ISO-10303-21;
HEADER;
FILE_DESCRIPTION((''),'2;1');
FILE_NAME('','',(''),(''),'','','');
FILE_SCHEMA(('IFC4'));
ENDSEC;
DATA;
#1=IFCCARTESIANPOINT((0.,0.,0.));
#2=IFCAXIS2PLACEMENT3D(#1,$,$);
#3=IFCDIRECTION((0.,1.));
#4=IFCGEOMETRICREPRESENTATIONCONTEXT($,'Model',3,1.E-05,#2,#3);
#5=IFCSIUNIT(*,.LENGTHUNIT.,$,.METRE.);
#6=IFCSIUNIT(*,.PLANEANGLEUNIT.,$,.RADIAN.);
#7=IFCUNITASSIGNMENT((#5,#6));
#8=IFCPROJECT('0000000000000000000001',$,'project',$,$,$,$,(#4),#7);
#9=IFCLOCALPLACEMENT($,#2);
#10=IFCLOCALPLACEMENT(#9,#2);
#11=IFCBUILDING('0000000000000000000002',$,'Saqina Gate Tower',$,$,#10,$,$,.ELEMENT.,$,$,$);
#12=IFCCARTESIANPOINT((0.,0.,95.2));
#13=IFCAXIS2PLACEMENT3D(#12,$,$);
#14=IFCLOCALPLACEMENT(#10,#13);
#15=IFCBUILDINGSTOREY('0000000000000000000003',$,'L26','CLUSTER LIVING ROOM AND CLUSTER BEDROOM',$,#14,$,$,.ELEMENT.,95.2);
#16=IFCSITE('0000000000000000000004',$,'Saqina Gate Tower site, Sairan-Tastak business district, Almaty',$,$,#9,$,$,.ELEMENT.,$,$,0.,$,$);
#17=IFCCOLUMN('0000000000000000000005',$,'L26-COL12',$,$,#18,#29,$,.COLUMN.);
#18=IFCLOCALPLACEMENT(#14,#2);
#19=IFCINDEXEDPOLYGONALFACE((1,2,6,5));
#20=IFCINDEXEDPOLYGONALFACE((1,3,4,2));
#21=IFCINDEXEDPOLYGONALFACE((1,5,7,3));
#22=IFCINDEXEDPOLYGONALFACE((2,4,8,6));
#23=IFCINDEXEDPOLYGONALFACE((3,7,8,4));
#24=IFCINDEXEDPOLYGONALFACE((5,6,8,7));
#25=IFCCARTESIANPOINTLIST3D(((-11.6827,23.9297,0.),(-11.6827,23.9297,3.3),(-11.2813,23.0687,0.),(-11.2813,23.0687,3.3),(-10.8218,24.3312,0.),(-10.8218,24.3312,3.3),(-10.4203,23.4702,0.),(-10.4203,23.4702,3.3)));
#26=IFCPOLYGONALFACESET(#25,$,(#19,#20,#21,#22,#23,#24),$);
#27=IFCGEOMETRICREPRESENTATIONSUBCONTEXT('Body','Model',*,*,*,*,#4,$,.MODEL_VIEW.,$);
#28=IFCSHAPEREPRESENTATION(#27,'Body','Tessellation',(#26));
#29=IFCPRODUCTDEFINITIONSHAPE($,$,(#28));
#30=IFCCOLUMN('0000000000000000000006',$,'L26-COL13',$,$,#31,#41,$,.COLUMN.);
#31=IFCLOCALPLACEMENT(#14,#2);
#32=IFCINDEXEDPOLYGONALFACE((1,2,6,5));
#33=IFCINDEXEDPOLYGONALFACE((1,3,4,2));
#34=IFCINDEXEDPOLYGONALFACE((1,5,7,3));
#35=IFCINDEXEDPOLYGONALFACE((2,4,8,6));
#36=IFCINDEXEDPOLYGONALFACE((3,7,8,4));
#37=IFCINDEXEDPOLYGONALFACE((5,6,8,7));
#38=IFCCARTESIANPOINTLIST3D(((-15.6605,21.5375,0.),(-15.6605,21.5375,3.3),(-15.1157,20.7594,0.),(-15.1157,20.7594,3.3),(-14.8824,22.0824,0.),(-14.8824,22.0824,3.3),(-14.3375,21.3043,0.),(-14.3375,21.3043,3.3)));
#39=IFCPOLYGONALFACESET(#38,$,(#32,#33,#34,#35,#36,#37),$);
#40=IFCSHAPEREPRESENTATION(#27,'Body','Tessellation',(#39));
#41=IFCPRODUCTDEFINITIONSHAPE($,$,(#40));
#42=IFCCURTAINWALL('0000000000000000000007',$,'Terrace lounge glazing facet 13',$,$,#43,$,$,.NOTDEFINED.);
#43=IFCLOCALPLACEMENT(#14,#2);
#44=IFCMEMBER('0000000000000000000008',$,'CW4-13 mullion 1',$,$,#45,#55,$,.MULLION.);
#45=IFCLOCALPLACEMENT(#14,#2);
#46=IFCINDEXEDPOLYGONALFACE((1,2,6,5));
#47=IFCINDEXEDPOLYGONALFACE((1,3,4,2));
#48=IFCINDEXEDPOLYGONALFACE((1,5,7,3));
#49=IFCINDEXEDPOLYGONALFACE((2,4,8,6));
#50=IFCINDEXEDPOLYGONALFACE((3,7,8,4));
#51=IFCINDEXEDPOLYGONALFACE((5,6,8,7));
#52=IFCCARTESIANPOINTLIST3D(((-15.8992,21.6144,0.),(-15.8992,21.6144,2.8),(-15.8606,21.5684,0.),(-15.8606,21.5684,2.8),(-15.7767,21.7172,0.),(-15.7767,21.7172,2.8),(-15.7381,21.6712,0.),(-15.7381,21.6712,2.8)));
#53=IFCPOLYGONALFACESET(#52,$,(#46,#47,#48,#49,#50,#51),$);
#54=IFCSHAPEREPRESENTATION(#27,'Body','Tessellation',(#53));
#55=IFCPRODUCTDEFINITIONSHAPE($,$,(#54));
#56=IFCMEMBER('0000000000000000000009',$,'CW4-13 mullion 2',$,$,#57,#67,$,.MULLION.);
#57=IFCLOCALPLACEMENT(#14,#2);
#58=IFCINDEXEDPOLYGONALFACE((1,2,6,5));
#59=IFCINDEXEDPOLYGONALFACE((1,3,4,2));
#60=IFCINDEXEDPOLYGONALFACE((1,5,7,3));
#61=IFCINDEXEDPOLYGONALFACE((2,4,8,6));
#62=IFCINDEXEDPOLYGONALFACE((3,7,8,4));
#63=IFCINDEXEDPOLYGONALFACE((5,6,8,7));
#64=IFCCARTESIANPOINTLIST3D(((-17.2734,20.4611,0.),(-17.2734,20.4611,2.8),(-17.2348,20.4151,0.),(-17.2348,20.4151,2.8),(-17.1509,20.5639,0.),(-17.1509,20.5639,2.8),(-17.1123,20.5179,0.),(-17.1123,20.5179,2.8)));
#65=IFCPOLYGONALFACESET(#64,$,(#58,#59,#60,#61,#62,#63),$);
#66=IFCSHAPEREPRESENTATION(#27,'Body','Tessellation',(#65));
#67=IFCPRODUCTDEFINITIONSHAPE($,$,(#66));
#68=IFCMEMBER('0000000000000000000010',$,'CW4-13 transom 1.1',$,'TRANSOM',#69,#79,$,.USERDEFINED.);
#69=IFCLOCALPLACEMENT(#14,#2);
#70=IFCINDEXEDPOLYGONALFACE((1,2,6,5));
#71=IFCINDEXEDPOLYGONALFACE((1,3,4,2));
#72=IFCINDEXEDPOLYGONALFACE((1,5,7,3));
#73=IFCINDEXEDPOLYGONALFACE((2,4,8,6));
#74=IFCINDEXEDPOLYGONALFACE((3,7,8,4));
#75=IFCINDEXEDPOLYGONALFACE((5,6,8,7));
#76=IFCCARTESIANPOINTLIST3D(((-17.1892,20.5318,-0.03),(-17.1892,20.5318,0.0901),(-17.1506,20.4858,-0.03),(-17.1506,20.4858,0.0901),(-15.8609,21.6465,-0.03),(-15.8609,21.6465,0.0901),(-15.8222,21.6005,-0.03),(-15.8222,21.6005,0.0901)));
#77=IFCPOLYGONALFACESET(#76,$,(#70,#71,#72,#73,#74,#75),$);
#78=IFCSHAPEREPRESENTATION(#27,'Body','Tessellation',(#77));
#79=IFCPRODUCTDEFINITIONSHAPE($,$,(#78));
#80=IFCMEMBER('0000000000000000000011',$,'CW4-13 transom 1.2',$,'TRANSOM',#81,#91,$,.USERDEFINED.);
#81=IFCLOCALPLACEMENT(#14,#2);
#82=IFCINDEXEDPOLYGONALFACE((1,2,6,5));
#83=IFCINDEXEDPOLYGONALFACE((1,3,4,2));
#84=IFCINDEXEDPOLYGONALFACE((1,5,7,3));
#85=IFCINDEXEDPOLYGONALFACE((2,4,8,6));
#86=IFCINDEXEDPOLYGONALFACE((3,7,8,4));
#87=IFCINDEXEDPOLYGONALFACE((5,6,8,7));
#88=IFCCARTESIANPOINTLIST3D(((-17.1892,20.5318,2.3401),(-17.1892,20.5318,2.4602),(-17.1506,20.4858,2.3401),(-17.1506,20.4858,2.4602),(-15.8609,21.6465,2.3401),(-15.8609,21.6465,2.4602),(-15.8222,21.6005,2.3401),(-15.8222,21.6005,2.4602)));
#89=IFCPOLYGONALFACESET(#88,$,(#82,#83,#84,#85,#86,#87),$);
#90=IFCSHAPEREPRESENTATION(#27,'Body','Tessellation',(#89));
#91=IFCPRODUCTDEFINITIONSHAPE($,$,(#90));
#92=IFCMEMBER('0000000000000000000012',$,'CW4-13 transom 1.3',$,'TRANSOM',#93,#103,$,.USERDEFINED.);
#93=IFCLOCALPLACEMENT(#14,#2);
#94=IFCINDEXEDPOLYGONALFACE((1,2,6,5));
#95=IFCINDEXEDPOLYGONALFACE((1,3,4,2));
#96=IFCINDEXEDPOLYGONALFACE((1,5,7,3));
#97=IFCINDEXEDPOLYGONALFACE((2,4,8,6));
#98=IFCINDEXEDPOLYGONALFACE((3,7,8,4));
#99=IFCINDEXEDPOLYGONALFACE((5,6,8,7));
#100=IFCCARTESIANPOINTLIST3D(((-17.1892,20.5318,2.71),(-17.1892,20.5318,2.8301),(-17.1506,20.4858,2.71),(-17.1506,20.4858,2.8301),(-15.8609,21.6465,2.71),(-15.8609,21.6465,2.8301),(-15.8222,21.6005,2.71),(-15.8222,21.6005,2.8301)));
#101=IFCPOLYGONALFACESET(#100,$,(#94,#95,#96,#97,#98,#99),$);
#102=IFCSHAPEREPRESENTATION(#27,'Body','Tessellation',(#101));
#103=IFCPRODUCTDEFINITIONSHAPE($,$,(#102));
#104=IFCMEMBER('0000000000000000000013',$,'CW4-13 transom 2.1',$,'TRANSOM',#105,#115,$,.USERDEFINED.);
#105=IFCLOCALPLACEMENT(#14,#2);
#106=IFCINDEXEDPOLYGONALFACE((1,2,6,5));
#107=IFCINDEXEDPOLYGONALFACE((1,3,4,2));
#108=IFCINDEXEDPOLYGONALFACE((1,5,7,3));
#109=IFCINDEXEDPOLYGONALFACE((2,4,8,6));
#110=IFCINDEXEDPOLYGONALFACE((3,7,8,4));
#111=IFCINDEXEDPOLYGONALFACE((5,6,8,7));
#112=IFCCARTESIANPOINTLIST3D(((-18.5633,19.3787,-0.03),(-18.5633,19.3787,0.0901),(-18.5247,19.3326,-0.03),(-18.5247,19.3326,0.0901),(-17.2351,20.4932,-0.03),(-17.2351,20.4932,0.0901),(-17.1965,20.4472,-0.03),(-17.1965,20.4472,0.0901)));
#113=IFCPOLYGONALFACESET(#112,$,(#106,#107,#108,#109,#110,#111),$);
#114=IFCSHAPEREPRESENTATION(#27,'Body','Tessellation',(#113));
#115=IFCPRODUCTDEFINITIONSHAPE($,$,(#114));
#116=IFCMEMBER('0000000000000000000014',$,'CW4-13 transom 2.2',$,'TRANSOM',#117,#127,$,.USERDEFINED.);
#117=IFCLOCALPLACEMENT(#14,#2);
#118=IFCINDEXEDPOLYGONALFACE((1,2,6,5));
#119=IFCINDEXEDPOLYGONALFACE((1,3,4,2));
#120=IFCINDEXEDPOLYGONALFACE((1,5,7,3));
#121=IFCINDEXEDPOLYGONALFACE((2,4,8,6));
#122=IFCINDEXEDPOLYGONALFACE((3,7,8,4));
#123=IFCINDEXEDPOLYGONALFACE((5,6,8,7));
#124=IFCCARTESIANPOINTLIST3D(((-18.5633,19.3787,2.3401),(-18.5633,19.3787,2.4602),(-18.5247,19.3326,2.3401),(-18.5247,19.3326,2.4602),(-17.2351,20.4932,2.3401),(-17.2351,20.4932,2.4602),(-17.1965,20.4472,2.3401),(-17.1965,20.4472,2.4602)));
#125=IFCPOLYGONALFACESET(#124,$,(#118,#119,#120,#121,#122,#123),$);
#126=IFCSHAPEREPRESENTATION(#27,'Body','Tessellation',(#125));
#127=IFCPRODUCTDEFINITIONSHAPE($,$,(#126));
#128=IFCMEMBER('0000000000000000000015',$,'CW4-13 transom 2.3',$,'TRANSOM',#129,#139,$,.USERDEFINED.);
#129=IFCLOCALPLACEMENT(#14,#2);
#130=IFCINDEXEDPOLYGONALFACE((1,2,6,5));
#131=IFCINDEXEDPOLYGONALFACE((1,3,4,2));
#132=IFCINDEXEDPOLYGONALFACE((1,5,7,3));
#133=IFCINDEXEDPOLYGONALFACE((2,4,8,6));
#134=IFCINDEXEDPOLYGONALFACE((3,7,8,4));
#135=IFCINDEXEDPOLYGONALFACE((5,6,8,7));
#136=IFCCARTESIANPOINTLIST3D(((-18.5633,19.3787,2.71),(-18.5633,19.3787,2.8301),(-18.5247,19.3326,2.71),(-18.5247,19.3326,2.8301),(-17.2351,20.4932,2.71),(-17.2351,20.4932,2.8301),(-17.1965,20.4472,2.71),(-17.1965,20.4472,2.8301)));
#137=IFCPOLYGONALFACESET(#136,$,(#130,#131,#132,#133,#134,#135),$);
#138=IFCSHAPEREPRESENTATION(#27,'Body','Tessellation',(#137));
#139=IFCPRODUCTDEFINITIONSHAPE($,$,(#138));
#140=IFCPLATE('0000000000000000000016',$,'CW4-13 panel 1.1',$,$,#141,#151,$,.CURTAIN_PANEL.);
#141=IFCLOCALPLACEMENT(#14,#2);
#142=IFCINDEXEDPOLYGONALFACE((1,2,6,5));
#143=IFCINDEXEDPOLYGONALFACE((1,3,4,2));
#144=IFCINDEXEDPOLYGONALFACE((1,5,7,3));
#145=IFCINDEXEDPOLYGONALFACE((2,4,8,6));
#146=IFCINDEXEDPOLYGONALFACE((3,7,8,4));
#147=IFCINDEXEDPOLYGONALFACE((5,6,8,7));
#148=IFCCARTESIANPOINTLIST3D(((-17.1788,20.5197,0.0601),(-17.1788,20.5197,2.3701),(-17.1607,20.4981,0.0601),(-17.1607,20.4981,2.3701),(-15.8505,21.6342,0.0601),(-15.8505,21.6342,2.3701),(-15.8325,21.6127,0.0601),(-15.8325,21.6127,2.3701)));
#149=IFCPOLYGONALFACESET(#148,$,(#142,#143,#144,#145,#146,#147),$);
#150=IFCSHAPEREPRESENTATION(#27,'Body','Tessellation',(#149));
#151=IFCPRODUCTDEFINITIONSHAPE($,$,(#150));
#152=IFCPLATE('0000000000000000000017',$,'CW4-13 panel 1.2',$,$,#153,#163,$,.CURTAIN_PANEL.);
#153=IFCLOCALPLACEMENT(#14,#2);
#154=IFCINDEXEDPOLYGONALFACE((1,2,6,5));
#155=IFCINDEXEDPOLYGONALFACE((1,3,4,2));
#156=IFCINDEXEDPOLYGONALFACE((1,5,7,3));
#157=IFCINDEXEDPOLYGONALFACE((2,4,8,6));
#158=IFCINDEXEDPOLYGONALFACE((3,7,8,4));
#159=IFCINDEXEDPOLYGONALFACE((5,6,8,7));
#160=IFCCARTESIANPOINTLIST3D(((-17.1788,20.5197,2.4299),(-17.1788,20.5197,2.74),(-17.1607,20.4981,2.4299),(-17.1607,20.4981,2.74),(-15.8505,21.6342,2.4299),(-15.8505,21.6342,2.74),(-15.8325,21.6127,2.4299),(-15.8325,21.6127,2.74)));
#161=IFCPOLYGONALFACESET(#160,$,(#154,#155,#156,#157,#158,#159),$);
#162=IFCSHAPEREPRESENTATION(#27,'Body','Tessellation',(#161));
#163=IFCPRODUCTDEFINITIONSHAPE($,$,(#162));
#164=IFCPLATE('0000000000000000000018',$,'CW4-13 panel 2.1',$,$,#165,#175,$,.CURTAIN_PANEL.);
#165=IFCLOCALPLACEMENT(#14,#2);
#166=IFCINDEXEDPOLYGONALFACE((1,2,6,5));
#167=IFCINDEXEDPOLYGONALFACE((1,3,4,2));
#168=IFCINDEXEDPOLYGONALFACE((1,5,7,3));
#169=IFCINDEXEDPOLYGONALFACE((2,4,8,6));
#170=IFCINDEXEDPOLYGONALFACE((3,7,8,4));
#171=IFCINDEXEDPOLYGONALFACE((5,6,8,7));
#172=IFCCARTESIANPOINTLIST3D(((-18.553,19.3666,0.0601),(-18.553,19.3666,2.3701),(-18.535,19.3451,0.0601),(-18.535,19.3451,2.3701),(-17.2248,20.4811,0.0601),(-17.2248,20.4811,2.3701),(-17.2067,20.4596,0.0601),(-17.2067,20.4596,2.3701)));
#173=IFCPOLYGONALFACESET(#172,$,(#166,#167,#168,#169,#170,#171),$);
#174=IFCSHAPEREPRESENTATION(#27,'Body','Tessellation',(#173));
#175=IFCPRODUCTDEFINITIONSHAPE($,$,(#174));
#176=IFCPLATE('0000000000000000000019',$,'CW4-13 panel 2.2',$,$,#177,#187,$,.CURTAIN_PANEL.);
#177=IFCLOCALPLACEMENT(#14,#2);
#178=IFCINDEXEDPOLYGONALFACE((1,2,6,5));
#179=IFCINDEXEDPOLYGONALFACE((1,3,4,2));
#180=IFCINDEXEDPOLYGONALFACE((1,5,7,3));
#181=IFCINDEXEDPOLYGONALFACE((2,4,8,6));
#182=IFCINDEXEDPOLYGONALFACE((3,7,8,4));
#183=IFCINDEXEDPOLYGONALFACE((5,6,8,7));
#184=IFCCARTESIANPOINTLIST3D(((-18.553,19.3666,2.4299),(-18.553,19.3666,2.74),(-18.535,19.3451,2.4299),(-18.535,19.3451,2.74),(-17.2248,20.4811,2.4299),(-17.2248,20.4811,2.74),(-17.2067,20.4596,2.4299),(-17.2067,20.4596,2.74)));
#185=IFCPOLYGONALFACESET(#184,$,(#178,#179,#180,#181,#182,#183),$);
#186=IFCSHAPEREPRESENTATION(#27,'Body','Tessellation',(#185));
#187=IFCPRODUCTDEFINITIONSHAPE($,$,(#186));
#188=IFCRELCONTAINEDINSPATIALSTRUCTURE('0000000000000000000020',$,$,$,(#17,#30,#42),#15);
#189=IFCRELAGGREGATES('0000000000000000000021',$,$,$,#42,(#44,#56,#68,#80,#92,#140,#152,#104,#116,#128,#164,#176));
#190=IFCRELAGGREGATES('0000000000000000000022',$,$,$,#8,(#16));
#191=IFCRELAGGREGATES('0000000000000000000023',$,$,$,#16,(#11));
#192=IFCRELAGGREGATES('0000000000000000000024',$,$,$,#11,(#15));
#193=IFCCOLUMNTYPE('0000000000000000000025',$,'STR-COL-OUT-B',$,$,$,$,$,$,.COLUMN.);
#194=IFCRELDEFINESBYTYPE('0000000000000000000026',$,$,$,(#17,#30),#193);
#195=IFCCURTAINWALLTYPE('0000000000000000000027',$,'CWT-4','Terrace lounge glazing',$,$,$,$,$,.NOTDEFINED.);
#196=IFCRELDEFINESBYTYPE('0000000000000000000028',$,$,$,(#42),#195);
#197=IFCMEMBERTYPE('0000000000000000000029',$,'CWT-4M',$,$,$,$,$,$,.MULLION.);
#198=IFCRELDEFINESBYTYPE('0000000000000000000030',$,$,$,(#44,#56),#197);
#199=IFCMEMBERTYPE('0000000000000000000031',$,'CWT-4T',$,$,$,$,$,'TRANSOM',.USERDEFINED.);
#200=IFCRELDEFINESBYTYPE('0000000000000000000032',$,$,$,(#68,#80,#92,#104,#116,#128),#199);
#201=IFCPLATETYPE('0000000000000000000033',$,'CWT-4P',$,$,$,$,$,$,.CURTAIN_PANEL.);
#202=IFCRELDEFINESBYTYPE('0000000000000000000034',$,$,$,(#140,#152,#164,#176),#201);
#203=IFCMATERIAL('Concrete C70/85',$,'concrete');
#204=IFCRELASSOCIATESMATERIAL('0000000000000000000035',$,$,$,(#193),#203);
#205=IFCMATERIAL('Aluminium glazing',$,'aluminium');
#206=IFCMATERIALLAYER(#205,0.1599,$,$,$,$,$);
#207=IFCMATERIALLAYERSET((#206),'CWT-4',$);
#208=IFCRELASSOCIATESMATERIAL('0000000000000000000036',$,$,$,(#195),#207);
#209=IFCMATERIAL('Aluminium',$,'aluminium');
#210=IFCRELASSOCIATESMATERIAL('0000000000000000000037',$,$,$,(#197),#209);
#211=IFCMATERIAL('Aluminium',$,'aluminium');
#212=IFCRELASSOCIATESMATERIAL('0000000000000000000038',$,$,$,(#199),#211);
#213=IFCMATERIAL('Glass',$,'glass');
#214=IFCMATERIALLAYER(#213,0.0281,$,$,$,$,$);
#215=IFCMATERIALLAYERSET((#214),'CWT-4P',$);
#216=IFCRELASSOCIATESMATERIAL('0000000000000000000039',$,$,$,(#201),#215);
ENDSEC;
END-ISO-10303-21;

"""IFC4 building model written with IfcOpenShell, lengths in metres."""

from ifc_helpers import new_model, si_unit, direction, frame, origin, origin_2d, place, context, subcontext, project, spatial, rectangle, extrude, material, layer, layer_set, material_profile, profile_set, type_object, element, aggregate, save


model = new_model("IFC4")

# Units and contexts
model_context = context("Model", 3, precision=1e-05, world=origin(), true_north=direction((0.0, 1.0)))
body_context = subcontext(model_context, "Body", "Model", "MODEL_VIEW")
ifc_project = project(units=[si_unit("LENGTHUNIT", "METRE"), si_unit("PLANEANGLEUNIT", "RADIAN")], contexts=[model_context])

# Site, building, storey
site_placement = place(None, origin())
site = spatial("IfcSite", under=ifc_project, at=site_placement, Name="Saqina Gate Tower site, Sairan-Tastak business district, Almaty", CompositionType="ELEMENT", RefElevation=0.0)
building_placement = place(site_placement, origin())
building = spatial("IfcBuilding", under=site, at=building_placement, Name="Saqina Gate Tower", CompositionType="ELEMENT")
storey_placement = place(building_placement, frame((0.0, 0.0, 95.2)))
storey = spatial("IfcBuildingStorey", under=building, at=storey_placement, Name="L26", Description="CLUSTER LIVING ROOM AND CLUSTER BEDROOM", CompositionType="ELEMENT", Elevation=95.2)

# Columns
ifc_material_1 = material(Name="Concrete C70/85", Category="concrete")
ifc_material_profile_1 = material_profile(ifc_material_1, rectangle(XDim=0.95, YDim=0.95, at=origin_2d()), Name="RC 950x950")
ifc_profile_set_1 = profile_set([ifc_material_profile_1], Name="Concrete C70/85")
column_type = type_object("IfcColumnType", Name="STR-COL-OUT-B", PredefinedType="COLUMN", material=ifc_profile_set_1)
for number, where, z_axis, x_axis, name in (
    (1, (-11.0515, 23.7, 0.0), (0.0, 0.0, 1.0), (-0.422618, 0.906308, 0.0), "L26-COL12"),
    (2, (-14.999, 21.4209, 0.0), (0.0, 0.0, 1.0), (-0.573576, 0.819152, 0.0), "L26-COL13"),
):
    element("IfcColumn", number, at=place(storey_placement, frame(where, z_axis=z_axis, x_axis=x_axis)), inside=storey, type_object=column_type, Name=name, PredefinedType="COLUMN", context=body_context, shape_type="SweptSolid", body=[
        extrude(rectangle(XDim=0.95, YDim=0.95, at=origin_2d()), origin(), (0.0, 0.0, 1.0), 3.3),
    ])

# Curtain wall, members, plates
ifc_material_2 = material(Name="Aluminium glazing", Category="aluminium")
ifc_layer_1 = layer(ifc_material_2, 0.1599)
ifc_layer_set_1 = layer_set([ifc_layer_1], Name="CWT-4")
curtain_wall_type = type_object("IfcCurtainWallType", Name="CWT-4", Description="Terrace lounge glazing", PredefinedType="NOTDEFINED", material=ifc_layer_set_1)
curtain_wall_placement = place(storey_placement, origin())
curtain_wall = element("IfcCurtainWall", 3, at=curtain_wall_placement, inside=storey, type_object=curtain_wall_type, Name="Terrace lounge glazing facet 13", PredefinedType="NOTDEFINED")
ifc_material_3 = material(Name="Aluminium", Category="aluminium")
ifc_material_profile_2 = material_profile(ifc_material_3, rectangle(XDim=0.0601, YDim=0.1599, at=origin_2d()), Name="Aluminium 60x160")
ifc_profile_set_2 = profile_set([ifc_material_profile_2], Name="Aluminium")
member_type_1 = type_object("IfcMemberType", Name="CWT-4M", PredefinedType="MULLION", material=ifc_profile_set_2)
member_1_placement = place(storey_placement, frame((-15.8186, 21.6428, 0.0), z_axis=(0.0, 0.0, 1.0), x_axis=(0.642791, -0.766042, 0.0)))
member_1 = element("IfcMember", 4, at=member_1_placement, type_object=member_type_1, Name="CW4-13 mullion 1", PredefinedType="MULLION", context=body_context, shape_type="SweptSolid", body=[
    extrude(rectangle(XDim=0.0601, YDim=0.1599, at=origin_2d()), origin(), (0.0, 0.0, 1.0), 2.8),
])
member_2_placement = place(storey_placement, frame((-17.1929, 20.4895, 0.0), z_axis=(0.0, 0.0, 1.0), x_axis=(0.642791, -0.766042, 0.0)))
member_2 = element("IfcMember", 5, at=member_2_placement, type_object=member_type_1, Name="CW4-13 mullion 2", PredefinedType="MULLION", context=body_context, shape_type="SweptSolid", body=[
    extrude(rectangle(XDim=0.0601, YDim=0.1599, at=origin_2d()), origin(), (0.0, 0.0, 1.0), 2.8),
])
ifc_material_4 = material(Name="Aluminium", Category="aluminium")
ifc_material_profile_3 = material_profile(ifc_material_4, rectangle(XDim=0.0601, YDim=0.1201, at=origin_2d()), Name="Aluminium 60x120")
ifc_profile_set_3 = profile_set([ifc_material_profile_3], Name="Aluminium")
member_type_2 = type_object("IfcMemberType", Name="CWT-4T", ElementType="TRANSOM", PredefinedType="USERDEFINED", material=ifc_profile_set_3)
member_3_placement = place(storey_placement, frame((-15.8416, 21.6235, 0.03), z_axis=(-0.766013, -0.642826, 0.0), x_axis=(0.642826, -0.766013, 0.0)))
member_3 = element("IfcMember", 6, at=member_3_placement, type_object=member_type_2, Name="CW4-13 transom 1.1", ObjectType="TRANSOM", PredefinedType="USERDEFINED", context=body_context, shape_type="SweptSolid", body=[
    extrude(rectangle(XDim=0.0601, YDim=0.1201, at=origin_2d()), origin(), (0.0, 0.0, 1.0), 1.7341),
])
member_4_placement = place(storey_placement, frame((-15.8416, 21.6235, 2.4001), z_axis=(-0.766013, -0.642826, 0.0), x_axis=(0.642826, -0.766013, 0.0)))
member_4 = element("IfcMember", 7, at=member_4_placement, type_object=member_type_2, Name="CW4-13 transom 1.2", ObjectType="TRANSOM", PredefinedType="USERDEFINED", context=body_context, shape_type="SweptSolid", body=[
    extrude(rectangle(XDim=0.0601, YDim=0.1201, at=origin_2d()), origin(), (0.0, 0.0, 1.0), 1.7341),
])
member_5_placement = place(storey_placement, frame((-15.8416, 21.6235, 2.77), z_axis=(-0.766013, -0.642826, 0.0), x_axis=(0.642826, -0.766013, 0.0)))
member_5 = element("IfcMember", 8, at=member_5_placement, type_object=member_type_2, Name="CW4-13 transom 1.3", ObjectType="TRANSOM", PredefinedType="USERDEFINED", context=body_context, shape_type="SweptSolid", body=[
    extrude(rectangle(XDim=0.0601, YDim=0.1201, at=origin_2d()), origin(), (0.0, 0.0, 1.0), 1.7341),
])
member_6_placement = place(storey_placement, frame((-17.2158, 20.4702, 0.03), z_axis=(-0.766024, -0.642812, 0.0), x_axis=(0.642812, -0.766024, 0.0)))
member_6 = element("IfcMember", 9, at=member_6_placement, type_object=member_type_2, Name="CW4-13 transom 2.1", ObjectType="TRANSOM", PredefinedType="USERDEFINED", context=body_context, shape_type="SweptSolid", body=[
    extrude(rectangle(XDim=0.0601, YDim=0.1201, at=origin_2d()), origin(), (0.0, 0.0, 1.0), 1.7339),
])
member_7_placement = place(storey_placement, frame((-17.2158, 20.4702, 2.4001), z_axis=(-0.766024, -0.642812, 0.0), x_axis=(0.642812, -0.766024, 0.0)))
member_7 = element("IfcMember", 10, at=member_7_placement, type_object=member_type_2, Name="CW4-13 transom 2.2", ObjectType="TRANSOM", PredefinedType="USERDEFINED", context=body_context, shape_type="SweptSolid", body=[
    extrude(rectangle(XDim=0.0601, YDim=0.1201, at=origin_2d()), origin(), (0.0, 0.0, 1.0), 1.7339),
])
member_8_placement = place(storey_placement, frame((-17.2158, 20.4702, 2.77), z_axis=(-0.766024, -0.642812, 0.0), x_axis=(0.642812, -0.766024, 0.0)))
member_8 = element("IfcMember", 11, at=member_8_placement, type_object=member_type_2, Name="CW4-13 transom 2.3", ObjectType="TRANSOM", PredefinedType="USERDEFINED", context=body_context, shape_type="SweptSolid", body=[
    extrude(rectangle(XDim=0.0601, YDim=0.1201, at=origin_2d()), origin(), (0.0, 0.0, 1.0), 1.7339),
])
ifc_material_5 = material(Name="Glass", Category="glass")
ifc_layer_2 = layer(ifc_material_5, 0.0281)
ifc_layer_set_2 = layer_set([ifc_layer_2], Name="CWT-4P")
plate_type = type_object("IfcPlateType", Name="CWT-4P", PredefinedType="CURTAIN_PANEL", material=ifc_layer_set_2)
plate_1_placement = place(storey_placement, frame((-16.5056, 21.0662, 0.0601), z_axis=(0.0, 0.0, 1.0), x_axis=(-0.766042, -0.642791, 0.0)))
plate_1 = element("IfcPlate", 12, at=plate_1_placement, type_object=plate_type, Name="CW4-13 panel 1.1", PredefinedType="CURTAIN_PANEL", context=body_context, shape_type="SweptSolid", body=[
    extrude(rectangle(XDim=1.7339, YDim=0.0281, at=origin_2d()), origin(), (0.0, 0.0, 1.0), 2.3101),
])
plate_2_placement = place(storey_placement, frame((-16.5056, 21.0662, 2.4299), z_axis=(0.0, 0.0, 1.0), x_axis=(-0.766042, -0.642791, 0.0)))
plate_2 = element("IfcPlate", 13, at=plate_2_placement, type_object=plate_type, Name="CW4-13 panel 1.2", PredefinedType="CURTAIN_PANEL", context=body_context, shape_type="SweptSolid", body=[
    extrude(rectangle(XDim=1.7339, YDim=0.0281, at=origin_2d()), origin(), (0.0, 0.0, 1.0), 0.3101),
])
plate_3_placement = place(storey_placement, frame((-17.8799, 19.9131, 0.0601), z_axis=(0.0, 0.0, 1.0), x_axis=(-0.766042, -0.642791, 0.0)))
plate_3 = element("IfcPlate", 14, at=plate_3_placement, type_object=plate_type, Name="CW4-13 panel 2.1", PredefinedType="CURTAIN_PANEL", context=body_context, shape_type="SweptSolid", body=[
    extrude(rectangle(XDim=1.7339, YDim=0.0281, at=origin_2d()), origin(), (0.0, 0.0, 1.0), 2.3101),
])
plate_4_placement = place(storey_placement, frame((-17.8799, 19.9131, 2.4299), z_axis=(0.0, 0.0, 1.0), x_axis=(-0.766042, -0.642791, 0.0)))
plate_4 = element("IfcPlate", 15, at=plate_4_placement, type_object=plate_type, Name="CW4-13 panel 2.2", PredefinedType="CURTAIN_PANEL", context=body_context, shape_type="SweptSolid", body=[
    extrude(rectangle(XDim=1.7339, YDim=0.0281, at=origin_2d()), origin(), (0.0, 0.0, 1.0), 0.3101),
])
aggregate(curtain_wall, [member_1, member_2, member_3, member_4, member_5, plate_1, plate_2, member_6, member_7, member_8, plate_3, plate_4])

save(model, "model.ifc")
